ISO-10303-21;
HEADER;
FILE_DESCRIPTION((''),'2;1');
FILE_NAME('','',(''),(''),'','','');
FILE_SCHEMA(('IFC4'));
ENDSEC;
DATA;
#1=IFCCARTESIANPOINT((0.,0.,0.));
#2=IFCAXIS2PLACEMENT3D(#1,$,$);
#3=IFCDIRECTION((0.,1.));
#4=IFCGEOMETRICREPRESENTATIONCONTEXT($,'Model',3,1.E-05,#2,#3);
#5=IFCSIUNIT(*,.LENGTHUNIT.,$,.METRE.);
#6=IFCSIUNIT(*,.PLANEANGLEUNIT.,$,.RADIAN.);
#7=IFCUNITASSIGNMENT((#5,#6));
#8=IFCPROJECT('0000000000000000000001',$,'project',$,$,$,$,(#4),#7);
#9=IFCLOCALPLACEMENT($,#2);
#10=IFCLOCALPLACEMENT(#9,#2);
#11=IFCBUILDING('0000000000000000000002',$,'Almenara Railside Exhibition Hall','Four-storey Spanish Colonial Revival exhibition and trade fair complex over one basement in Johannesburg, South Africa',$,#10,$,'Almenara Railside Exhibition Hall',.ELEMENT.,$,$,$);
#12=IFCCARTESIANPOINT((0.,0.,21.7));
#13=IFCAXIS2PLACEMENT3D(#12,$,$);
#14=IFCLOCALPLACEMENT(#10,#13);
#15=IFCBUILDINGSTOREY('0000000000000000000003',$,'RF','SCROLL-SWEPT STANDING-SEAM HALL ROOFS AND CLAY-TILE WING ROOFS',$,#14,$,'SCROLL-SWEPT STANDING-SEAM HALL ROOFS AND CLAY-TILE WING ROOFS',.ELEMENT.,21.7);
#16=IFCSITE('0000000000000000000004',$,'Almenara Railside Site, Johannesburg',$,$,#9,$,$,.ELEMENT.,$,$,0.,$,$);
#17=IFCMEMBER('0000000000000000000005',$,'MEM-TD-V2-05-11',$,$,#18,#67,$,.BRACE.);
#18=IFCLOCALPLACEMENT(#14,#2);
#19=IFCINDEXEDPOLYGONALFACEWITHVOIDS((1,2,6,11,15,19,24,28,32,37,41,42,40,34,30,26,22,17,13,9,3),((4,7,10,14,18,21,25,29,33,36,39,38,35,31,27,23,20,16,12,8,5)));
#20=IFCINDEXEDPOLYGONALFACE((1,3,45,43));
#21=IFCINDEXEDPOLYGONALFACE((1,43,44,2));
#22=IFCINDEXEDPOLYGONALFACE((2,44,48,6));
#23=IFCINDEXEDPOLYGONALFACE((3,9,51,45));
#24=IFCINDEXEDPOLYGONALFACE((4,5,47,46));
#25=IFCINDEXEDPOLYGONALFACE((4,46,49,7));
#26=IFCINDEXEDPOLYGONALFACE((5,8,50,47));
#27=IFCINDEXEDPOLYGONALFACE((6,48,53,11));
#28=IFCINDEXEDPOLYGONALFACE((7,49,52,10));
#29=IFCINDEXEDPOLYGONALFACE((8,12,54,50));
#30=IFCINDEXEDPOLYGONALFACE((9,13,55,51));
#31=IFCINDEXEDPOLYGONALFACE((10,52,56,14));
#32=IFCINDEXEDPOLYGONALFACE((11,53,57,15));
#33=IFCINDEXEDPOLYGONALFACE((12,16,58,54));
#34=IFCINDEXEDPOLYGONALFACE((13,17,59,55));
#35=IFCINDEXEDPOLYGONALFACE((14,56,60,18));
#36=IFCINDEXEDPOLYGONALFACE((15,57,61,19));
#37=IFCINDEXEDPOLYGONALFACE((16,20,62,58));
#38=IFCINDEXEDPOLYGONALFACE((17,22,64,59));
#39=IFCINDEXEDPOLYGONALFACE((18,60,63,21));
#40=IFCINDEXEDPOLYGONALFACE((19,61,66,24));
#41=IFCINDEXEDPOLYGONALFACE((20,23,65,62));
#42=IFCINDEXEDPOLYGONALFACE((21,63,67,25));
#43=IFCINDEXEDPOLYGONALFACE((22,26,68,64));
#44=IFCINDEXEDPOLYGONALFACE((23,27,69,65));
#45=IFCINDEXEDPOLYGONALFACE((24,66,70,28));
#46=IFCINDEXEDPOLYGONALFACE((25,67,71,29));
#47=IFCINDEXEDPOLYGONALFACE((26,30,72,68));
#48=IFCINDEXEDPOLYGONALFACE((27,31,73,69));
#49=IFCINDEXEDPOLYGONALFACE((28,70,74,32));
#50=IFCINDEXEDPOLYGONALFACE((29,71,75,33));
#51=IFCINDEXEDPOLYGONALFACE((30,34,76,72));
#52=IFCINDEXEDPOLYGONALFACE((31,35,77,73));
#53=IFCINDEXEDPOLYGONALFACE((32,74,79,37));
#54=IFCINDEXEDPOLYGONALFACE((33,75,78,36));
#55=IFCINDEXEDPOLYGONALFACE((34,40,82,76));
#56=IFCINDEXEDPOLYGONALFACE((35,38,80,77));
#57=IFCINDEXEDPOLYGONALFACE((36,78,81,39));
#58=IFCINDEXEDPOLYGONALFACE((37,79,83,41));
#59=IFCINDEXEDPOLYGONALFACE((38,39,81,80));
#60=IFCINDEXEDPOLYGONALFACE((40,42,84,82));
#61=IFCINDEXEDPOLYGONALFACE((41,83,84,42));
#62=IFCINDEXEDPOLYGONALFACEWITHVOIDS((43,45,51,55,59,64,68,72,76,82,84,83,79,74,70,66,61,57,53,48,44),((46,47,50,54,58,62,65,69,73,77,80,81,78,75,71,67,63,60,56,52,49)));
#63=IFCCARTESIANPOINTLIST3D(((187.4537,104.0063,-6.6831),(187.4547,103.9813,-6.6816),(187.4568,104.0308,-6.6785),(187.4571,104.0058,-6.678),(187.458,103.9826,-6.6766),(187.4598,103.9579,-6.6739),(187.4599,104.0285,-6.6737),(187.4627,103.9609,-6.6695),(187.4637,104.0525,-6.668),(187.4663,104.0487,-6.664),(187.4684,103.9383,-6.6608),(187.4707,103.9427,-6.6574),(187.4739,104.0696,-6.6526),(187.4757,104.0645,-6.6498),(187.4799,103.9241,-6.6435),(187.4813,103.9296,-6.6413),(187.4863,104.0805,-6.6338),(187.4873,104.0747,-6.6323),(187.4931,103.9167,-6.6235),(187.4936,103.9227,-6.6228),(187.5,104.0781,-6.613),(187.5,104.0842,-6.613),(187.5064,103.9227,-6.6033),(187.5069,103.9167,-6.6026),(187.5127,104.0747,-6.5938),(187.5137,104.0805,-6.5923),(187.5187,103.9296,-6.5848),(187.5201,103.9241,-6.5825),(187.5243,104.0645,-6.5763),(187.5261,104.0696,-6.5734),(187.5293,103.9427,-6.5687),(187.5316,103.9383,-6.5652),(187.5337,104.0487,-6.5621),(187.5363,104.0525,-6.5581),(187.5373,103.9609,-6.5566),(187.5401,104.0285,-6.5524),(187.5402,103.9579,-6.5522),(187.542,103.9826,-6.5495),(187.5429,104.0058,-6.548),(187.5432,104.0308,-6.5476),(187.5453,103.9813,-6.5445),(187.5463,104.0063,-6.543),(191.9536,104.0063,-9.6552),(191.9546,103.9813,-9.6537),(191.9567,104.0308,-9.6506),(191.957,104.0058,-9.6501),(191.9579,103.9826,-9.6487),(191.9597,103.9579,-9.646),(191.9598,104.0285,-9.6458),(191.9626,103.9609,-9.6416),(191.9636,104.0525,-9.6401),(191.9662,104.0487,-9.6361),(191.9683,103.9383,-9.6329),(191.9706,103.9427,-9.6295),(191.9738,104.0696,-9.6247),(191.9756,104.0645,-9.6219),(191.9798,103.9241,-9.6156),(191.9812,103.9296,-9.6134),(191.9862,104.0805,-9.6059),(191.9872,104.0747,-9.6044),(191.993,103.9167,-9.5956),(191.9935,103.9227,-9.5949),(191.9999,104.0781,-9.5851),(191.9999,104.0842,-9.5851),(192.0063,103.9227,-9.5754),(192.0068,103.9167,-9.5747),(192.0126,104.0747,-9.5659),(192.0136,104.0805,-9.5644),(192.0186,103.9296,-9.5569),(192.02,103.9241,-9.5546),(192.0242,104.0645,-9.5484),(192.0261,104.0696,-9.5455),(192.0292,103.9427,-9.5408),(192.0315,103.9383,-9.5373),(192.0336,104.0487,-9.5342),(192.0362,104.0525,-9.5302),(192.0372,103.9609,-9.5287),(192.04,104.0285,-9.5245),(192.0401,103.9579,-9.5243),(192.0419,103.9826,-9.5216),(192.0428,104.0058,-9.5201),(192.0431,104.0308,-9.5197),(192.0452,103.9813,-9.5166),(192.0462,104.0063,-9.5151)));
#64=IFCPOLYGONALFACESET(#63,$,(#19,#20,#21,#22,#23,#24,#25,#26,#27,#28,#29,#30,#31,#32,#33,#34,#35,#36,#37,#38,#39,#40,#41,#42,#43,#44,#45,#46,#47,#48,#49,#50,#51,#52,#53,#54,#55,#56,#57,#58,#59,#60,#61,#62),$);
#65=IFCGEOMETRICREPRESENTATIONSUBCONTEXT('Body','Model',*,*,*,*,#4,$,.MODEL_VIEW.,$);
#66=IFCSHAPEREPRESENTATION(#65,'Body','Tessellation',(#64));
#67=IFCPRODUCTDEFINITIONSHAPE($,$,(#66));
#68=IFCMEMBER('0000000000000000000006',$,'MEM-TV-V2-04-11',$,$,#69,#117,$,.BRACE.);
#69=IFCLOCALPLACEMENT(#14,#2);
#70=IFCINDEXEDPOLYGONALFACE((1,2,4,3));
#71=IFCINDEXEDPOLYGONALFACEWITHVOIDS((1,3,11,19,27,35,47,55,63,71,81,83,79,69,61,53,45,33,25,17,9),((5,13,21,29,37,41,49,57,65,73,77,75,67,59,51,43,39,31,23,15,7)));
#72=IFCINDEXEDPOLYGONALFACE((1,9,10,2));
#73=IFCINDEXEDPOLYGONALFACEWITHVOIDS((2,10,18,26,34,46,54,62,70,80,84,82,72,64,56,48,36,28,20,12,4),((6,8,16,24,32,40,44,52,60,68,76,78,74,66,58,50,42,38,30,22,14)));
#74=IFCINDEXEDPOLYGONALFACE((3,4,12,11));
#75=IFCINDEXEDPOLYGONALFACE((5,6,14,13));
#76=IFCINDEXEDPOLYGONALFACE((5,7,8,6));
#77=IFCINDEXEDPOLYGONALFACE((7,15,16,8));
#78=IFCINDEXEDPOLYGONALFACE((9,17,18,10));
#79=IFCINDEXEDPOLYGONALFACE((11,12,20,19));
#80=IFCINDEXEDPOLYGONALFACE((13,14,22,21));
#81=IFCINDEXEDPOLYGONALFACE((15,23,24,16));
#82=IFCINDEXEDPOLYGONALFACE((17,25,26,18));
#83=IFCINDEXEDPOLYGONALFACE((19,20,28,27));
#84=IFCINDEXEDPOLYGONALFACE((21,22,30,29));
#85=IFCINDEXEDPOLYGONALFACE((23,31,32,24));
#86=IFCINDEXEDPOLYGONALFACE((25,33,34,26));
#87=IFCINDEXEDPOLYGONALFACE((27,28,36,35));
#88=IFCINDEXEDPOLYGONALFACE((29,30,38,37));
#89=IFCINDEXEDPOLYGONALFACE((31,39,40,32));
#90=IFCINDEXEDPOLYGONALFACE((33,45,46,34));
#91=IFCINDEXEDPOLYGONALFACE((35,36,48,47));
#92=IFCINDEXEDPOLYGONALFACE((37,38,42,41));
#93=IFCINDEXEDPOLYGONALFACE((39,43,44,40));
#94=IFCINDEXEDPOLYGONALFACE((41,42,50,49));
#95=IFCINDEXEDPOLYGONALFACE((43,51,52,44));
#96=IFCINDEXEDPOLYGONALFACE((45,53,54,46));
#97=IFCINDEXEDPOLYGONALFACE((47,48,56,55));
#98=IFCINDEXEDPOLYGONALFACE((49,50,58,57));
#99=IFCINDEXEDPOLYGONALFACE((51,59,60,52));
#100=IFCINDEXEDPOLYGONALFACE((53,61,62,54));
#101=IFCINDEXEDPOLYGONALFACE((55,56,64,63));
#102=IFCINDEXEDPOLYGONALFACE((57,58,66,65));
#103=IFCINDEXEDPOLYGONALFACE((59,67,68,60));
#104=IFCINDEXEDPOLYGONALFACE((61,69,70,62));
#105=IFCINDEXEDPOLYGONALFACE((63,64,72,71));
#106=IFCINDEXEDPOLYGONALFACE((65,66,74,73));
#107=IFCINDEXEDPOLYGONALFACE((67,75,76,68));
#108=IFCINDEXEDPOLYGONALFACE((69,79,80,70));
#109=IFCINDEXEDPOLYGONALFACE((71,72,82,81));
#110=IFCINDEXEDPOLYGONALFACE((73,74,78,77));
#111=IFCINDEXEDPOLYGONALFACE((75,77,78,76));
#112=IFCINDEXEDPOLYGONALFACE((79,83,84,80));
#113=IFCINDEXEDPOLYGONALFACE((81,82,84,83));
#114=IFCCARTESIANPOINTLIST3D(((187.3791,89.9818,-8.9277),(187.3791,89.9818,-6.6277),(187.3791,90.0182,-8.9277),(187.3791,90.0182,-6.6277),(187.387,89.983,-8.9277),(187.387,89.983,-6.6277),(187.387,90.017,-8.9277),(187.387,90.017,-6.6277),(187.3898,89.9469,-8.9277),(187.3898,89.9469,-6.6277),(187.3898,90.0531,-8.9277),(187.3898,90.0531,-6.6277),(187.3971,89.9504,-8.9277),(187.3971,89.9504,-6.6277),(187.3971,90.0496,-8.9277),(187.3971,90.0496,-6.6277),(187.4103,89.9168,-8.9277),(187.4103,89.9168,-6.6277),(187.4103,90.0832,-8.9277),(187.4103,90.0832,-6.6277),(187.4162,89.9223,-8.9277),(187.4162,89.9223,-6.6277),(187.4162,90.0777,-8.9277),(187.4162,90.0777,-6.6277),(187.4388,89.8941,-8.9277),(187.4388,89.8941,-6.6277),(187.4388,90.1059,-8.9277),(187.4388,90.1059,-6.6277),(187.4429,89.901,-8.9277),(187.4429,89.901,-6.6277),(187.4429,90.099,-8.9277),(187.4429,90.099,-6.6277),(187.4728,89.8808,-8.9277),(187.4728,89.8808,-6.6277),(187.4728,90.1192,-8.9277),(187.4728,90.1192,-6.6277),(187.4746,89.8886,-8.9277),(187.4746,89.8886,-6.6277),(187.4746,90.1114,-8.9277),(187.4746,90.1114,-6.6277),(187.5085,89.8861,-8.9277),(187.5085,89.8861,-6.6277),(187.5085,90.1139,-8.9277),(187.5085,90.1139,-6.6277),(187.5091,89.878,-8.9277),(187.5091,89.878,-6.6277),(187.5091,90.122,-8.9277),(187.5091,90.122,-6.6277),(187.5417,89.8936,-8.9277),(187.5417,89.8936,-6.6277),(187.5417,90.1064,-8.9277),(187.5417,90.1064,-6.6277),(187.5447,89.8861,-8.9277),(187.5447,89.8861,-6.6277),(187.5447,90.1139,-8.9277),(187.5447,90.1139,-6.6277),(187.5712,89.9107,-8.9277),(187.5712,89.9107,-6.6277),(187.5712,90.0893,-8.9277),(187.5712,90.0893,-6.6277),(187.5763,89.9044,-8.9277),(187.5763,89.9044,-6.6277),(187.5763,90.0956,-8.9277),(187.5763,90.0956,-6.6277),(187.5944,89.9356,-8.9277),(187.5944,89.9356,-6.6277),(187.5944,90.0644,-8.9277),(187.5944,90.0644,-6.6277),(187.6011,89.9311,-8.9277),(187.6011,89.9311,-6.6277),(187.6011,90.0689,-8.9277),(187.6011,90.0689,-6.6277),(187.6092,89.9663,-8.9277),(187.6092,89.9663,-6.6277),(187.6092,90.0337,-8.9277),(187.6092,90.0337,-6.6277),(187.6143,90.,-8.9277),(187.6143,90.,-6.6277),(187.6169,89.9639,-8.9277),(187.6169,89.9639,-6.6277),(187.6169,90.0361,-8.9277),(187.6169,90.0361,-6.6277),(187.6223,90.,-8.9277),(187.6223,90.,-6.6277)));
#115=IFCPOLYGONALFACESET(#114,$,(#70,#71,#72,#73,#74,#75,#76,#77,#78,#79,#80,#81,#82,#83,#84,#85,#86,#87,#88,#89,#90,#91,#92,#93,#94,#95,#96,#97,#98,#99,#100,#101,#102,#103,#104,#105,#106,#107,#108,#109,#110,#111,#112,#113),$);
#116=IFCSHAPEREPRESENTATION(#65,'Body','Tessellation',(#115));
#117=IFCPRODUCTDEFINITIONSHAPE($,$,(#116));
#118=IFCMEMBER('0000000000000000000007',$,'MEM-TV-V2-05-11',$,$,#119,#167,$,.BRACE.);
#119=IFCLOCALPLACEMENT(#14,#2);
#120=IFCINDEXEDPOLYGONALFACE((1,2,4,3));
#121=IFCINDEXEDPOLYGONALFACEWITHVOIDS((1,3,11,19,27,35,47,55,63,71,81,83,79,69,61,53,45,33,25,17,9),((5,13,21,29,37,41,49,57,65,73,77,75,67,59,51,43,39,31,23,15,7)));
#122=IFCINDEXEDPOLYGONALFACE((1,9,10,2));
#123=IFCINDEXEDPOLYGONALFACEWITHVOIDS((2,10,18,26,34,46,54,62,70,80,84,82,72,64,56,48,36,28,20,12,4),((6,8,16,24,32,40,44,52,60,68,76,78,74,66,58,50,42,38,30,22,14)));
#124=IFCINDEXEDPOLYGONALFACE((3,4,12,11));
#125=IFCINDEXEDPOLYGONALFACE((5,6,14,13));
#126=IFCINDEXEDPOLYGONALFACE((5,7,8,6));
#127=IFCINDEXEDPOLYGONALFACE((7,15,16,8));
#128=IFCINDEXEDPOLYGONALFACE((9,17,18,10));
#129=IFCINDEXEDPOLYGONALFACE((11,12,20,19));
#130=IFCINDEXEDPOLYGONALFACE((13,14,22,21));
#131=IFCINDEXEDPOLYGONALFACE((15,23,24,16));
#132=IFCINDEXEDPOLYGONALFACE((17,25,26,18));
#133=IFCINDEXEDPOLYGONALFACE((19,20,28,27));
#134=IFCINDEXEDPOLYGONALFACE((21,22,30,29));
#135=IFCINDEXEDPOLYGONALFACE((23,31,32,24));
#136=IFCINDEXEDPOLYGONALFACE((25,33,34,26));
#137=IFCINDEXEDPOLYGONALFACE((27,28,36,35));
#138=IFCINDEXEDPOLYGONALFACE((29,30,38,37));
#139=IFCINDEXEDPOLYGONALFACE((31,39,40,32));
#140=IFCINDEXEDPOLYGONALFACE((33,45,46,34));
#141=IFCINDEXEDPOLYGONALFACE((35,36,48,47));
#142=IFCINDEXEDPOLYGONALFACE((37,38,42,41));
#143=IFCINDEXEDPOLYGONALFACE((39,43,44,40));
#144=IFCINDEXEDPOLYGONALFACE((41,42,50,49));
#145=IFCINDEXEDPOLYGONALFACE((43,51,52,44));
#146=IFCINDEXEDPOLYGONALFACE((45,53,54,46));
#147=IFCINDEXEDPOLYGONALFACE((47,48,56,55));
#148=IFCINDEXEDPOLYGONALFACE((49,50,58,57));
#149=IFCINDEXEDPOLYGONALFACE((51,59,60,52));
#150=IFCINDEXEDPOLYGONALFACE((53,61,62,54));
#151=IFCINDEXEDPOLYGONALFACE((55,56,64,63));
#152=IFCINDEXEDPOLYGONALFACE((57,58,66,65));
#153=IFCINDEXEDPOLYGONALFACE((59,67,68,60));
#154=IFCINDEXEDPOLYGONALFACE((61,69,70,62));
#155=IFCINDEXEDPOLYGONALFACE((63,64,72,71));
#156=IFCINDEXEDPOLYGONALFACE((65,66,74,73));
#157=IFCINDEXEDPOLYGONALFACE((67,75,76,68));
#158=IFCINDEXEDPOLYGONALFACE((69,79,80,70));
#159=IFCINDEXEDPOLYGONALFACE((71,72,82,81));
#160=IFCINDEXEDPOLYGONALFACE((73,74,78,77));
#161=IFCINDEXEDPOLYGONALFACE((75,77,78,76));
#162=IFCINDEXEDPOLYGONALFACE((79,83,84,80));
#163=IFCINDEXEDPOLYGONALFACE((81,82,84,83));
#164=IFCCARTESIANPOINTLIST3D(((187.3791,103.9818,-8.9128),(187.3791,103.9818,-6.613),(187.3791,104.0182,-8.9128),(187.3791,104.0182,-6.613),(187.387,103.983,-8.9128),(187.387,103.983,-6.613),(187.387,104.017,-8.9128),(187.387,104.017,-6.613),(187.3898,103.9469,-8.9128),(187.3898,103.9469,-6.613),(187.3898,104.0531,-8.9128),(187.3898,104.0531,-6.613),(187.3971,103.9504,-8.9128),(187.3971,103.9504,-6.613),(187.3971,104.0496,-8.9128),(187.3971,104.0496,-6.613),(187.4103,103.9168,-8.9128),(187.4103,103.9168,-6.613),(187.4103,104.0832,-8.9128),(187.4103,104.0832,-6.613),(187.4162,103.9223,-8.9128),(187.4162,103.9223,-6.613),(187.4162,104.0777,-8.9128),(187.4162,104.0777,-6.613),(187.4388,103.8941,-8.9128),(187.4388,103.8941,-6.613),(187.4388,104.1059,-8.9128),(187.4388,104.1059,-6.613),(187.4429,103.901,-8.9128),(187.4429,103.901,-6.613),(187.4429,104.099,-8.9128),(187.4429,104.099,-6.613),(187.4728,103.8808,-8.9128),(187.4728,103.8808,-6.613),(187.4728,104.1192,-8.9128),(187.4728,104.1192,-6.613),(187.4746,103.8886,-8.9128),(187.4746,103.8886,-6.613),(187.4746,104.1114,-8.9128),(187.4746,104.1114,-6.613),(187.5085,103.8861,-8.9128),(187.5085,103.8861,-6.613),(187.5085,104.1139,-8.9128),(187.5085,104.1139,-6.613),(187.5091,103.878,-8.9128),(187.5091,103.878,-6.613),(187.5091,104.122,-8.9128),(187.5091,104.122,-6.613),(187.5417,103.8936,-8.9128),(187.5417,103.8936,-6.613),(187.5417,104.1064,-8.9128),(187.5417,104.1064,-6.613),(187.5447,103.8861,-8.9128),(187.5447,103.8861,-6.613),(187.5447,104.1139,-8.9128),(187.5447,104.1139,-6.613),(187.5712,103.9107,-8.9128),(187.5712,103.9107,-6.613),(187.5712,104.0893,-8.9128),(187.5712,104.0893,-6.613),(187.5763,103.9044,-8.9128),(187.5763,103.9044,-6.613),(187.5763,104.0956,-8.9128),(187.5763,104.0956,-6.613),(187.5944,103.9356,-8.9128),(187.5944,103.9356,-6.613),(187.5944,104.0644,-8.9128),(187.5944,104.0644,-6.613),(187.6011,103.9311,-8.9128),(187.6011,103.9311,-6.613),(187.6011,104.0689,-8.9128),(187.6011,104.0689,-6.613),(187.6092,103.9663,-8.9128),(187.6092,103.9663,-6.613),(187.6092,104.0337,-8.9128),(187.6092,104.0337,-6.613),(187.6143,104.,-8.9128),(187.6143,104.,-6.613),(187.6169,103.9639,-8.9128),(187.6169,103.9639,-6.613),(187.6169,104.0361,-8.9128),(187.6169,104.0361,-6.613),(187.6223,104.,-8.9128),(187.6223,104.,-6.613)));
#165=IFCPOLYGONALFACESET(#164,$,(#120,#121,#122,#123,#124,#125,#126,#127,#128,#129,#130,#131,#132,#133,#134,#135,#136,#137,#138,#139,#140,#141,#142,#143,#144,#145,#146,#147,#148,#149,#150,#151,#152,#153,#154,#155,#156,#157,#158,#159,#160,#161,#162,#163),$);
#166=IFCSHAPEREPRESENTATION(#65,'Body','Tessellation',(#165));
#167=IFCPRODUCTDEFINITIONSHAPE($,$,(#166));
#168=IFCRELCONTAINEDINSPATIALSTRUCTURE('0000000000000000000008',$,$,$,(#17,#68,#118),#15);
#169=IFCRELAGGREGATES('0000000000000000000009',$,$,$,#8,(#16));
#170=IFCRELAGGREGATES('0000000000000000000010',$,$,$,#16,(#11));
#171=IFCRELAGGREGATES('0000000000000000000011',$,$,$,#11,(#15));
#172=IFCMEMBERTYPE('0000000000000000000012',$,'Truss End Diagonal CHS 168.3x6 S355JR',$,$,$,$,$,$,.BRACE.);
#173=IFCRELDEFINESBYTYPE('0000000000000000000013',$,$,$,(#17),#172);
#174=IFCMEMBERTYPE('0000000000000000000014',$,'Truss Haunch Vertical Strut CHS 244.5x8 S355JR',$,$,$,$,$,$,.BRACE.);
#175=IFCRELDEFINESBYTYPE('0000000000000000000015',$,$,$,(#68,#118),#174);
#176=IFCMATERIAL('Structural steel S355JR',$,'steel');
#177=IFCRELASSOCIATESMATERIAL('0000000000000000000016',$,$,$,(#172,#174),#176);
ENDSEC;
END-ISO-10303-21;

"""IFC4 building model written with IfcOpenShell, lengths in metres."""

from ifc_helpers import new_model, si_unit, direction, frame, origin, origin_2d, place, context, subcontext, project, spatial, hollow_circle, extrude, material, material_profile, profile_set, type_object, element, save


model = new_model("IFC4")

# Units and contexts
model_context = context("Model", 3, precision=1e-05, world=origin(), true_north=direction((0.0, 1.0)))
body_context = subcontext(model_context, "Body", "Model", "MODEL_VIEW")
ifc_project = project(units=[si_unit("LENGTHUNIT", "METRE"), si_unit("PLANEANGLEUNIT", "RADIAN")], contexts=[model_context])

# Site, building, storey
site_placement = place(None, origin())
site = spatial("IfcSite", under=ifc_project, at=site_placement, Name="Almenara Railside Site, Johannesburg", CompositionType="ELEMENT", RefElevation=0.0)
building_placement = place(site_placement, origin())
building = spatial("IfcBuilding", under=site, at=building_placement, Name="Almenara Railside Exhibition Hall", Description="Four-storey Spanish Colonial Revival exhibition and trade fair complex over one basement in Johannesburg, South Africa", LongName="Almenara Railside Exhibition Hall", CompositionType="ELEMENT")
storey_placement = place(building_placement, frame((0.0, 0.0, 21.7)))
storey = spatial("IfcBuildingStorey", under=building, at=storey_placement, Name="RF", Description="SCROLL-SWEPT STANDING-SEAM HALL ROOFS AND CLAY-TILE WING ROOFS", LongName="SCROLL-SWEPT STANDING-SEAM HALL ROOFS AND CLAY-TILE WING ROOFS", CompositionType="ELEMENT", Elevation=21.7)

# Shared definitions
ifc_material_1 = material(Name="Structural steel S355JR", Category="steel")

# Members
ifc_material_profile_1 = material_profile(ifc_material_1, hollow_circle(Radius=0.0842, WallThickness=0.0061, at=origin_2d()), Name="CHS 168.3x6")
ifc_profile_set_1 = profile_set([ifc_material_profile_1], Name="Structural steel S355JR")
member_type_1 = type_object("IfcMemberType", Name="Truss End Diagonal CHS 168.3x6 S355JR", PredefinedType="BRACE", material=ifc_profile_set_1)
member_1_placement = place(storey_placement, frame((187.5, 104.0, -6.613), z_axis=(0.834425, 0.0, -0.551122), x_axis=(0.0, 1.0, 0.0)))
element("IfcMember", 1, at=member_1_placement, inside=storey, type_object=member_type_1, Name="MEM-TD-V2-05-11", PredefinedType="BRACE", context=body_context, shape_type="SweptSolid", body=[
    extrude(hollow_circle(Radius=0.0842, WallThickness=0.0061, at=origin_2d()), origin(), (0.0, 0.0, 1.0), 5.3928),
])
ifc_material_profile_2 = material_profile(ifc_material_1, hollow_circle(Radius=0.1223, WallThickness=0.0081, at=origin_2d()), Name="CHS 244.5x8")
ifc_profile_set_2 = profile_set([ifc_material_profile_2], Name="Structural steel S355JR")
member_type_2 = type_object("IfcMemberType", Name="Truss Haunch Vertical Strut CHS 244.5x8 S355JR", PredefinedType="BRACE", material=ifc_profile_set_2)
member_2_placement = place(storey_placement, frame((187.5, 90.0, -8.9277), z_axis=(0.0, 0.0, 1.0), x_axis=(1.0, 0.0, 0.0)))
element("IfcMember", 2, at=member_2_placement, inside=storey, type_object=member_type_2, Name="MEM-TV-V2-04-11", PredefinedType="BRACE", context=body_context, shape_type="SweptSolid", body=[
    extrude(hollow_circle(Radius=0.1223, WallThickness=0.0081, at=origin_2d()), origin(), (0.0, 0.0, 1.0), 2.3),
])
member_3_placement = place(storey_placement, frame((187.5, 104.0, -8.9128), z_axis=(0.0, 0.0, 1.0), x_axis=(1.0, 0.0, 0.0)))
element("IfcMember", 3, at=member_3_placement, inside=storey, type_object=member_type_2, Name="MEM-TV-V2-05-11", PredefinedType="BRACE", context=body_context, shape_type="SweptSolid", body=[
    extrude(hollow_circle(Radius=0.1223, WallThickness=0.0081, at=origin_2d()), origin(), (0.0, 0.0, 1.0), 2.2998),
])

save(model, "model.ifc")
